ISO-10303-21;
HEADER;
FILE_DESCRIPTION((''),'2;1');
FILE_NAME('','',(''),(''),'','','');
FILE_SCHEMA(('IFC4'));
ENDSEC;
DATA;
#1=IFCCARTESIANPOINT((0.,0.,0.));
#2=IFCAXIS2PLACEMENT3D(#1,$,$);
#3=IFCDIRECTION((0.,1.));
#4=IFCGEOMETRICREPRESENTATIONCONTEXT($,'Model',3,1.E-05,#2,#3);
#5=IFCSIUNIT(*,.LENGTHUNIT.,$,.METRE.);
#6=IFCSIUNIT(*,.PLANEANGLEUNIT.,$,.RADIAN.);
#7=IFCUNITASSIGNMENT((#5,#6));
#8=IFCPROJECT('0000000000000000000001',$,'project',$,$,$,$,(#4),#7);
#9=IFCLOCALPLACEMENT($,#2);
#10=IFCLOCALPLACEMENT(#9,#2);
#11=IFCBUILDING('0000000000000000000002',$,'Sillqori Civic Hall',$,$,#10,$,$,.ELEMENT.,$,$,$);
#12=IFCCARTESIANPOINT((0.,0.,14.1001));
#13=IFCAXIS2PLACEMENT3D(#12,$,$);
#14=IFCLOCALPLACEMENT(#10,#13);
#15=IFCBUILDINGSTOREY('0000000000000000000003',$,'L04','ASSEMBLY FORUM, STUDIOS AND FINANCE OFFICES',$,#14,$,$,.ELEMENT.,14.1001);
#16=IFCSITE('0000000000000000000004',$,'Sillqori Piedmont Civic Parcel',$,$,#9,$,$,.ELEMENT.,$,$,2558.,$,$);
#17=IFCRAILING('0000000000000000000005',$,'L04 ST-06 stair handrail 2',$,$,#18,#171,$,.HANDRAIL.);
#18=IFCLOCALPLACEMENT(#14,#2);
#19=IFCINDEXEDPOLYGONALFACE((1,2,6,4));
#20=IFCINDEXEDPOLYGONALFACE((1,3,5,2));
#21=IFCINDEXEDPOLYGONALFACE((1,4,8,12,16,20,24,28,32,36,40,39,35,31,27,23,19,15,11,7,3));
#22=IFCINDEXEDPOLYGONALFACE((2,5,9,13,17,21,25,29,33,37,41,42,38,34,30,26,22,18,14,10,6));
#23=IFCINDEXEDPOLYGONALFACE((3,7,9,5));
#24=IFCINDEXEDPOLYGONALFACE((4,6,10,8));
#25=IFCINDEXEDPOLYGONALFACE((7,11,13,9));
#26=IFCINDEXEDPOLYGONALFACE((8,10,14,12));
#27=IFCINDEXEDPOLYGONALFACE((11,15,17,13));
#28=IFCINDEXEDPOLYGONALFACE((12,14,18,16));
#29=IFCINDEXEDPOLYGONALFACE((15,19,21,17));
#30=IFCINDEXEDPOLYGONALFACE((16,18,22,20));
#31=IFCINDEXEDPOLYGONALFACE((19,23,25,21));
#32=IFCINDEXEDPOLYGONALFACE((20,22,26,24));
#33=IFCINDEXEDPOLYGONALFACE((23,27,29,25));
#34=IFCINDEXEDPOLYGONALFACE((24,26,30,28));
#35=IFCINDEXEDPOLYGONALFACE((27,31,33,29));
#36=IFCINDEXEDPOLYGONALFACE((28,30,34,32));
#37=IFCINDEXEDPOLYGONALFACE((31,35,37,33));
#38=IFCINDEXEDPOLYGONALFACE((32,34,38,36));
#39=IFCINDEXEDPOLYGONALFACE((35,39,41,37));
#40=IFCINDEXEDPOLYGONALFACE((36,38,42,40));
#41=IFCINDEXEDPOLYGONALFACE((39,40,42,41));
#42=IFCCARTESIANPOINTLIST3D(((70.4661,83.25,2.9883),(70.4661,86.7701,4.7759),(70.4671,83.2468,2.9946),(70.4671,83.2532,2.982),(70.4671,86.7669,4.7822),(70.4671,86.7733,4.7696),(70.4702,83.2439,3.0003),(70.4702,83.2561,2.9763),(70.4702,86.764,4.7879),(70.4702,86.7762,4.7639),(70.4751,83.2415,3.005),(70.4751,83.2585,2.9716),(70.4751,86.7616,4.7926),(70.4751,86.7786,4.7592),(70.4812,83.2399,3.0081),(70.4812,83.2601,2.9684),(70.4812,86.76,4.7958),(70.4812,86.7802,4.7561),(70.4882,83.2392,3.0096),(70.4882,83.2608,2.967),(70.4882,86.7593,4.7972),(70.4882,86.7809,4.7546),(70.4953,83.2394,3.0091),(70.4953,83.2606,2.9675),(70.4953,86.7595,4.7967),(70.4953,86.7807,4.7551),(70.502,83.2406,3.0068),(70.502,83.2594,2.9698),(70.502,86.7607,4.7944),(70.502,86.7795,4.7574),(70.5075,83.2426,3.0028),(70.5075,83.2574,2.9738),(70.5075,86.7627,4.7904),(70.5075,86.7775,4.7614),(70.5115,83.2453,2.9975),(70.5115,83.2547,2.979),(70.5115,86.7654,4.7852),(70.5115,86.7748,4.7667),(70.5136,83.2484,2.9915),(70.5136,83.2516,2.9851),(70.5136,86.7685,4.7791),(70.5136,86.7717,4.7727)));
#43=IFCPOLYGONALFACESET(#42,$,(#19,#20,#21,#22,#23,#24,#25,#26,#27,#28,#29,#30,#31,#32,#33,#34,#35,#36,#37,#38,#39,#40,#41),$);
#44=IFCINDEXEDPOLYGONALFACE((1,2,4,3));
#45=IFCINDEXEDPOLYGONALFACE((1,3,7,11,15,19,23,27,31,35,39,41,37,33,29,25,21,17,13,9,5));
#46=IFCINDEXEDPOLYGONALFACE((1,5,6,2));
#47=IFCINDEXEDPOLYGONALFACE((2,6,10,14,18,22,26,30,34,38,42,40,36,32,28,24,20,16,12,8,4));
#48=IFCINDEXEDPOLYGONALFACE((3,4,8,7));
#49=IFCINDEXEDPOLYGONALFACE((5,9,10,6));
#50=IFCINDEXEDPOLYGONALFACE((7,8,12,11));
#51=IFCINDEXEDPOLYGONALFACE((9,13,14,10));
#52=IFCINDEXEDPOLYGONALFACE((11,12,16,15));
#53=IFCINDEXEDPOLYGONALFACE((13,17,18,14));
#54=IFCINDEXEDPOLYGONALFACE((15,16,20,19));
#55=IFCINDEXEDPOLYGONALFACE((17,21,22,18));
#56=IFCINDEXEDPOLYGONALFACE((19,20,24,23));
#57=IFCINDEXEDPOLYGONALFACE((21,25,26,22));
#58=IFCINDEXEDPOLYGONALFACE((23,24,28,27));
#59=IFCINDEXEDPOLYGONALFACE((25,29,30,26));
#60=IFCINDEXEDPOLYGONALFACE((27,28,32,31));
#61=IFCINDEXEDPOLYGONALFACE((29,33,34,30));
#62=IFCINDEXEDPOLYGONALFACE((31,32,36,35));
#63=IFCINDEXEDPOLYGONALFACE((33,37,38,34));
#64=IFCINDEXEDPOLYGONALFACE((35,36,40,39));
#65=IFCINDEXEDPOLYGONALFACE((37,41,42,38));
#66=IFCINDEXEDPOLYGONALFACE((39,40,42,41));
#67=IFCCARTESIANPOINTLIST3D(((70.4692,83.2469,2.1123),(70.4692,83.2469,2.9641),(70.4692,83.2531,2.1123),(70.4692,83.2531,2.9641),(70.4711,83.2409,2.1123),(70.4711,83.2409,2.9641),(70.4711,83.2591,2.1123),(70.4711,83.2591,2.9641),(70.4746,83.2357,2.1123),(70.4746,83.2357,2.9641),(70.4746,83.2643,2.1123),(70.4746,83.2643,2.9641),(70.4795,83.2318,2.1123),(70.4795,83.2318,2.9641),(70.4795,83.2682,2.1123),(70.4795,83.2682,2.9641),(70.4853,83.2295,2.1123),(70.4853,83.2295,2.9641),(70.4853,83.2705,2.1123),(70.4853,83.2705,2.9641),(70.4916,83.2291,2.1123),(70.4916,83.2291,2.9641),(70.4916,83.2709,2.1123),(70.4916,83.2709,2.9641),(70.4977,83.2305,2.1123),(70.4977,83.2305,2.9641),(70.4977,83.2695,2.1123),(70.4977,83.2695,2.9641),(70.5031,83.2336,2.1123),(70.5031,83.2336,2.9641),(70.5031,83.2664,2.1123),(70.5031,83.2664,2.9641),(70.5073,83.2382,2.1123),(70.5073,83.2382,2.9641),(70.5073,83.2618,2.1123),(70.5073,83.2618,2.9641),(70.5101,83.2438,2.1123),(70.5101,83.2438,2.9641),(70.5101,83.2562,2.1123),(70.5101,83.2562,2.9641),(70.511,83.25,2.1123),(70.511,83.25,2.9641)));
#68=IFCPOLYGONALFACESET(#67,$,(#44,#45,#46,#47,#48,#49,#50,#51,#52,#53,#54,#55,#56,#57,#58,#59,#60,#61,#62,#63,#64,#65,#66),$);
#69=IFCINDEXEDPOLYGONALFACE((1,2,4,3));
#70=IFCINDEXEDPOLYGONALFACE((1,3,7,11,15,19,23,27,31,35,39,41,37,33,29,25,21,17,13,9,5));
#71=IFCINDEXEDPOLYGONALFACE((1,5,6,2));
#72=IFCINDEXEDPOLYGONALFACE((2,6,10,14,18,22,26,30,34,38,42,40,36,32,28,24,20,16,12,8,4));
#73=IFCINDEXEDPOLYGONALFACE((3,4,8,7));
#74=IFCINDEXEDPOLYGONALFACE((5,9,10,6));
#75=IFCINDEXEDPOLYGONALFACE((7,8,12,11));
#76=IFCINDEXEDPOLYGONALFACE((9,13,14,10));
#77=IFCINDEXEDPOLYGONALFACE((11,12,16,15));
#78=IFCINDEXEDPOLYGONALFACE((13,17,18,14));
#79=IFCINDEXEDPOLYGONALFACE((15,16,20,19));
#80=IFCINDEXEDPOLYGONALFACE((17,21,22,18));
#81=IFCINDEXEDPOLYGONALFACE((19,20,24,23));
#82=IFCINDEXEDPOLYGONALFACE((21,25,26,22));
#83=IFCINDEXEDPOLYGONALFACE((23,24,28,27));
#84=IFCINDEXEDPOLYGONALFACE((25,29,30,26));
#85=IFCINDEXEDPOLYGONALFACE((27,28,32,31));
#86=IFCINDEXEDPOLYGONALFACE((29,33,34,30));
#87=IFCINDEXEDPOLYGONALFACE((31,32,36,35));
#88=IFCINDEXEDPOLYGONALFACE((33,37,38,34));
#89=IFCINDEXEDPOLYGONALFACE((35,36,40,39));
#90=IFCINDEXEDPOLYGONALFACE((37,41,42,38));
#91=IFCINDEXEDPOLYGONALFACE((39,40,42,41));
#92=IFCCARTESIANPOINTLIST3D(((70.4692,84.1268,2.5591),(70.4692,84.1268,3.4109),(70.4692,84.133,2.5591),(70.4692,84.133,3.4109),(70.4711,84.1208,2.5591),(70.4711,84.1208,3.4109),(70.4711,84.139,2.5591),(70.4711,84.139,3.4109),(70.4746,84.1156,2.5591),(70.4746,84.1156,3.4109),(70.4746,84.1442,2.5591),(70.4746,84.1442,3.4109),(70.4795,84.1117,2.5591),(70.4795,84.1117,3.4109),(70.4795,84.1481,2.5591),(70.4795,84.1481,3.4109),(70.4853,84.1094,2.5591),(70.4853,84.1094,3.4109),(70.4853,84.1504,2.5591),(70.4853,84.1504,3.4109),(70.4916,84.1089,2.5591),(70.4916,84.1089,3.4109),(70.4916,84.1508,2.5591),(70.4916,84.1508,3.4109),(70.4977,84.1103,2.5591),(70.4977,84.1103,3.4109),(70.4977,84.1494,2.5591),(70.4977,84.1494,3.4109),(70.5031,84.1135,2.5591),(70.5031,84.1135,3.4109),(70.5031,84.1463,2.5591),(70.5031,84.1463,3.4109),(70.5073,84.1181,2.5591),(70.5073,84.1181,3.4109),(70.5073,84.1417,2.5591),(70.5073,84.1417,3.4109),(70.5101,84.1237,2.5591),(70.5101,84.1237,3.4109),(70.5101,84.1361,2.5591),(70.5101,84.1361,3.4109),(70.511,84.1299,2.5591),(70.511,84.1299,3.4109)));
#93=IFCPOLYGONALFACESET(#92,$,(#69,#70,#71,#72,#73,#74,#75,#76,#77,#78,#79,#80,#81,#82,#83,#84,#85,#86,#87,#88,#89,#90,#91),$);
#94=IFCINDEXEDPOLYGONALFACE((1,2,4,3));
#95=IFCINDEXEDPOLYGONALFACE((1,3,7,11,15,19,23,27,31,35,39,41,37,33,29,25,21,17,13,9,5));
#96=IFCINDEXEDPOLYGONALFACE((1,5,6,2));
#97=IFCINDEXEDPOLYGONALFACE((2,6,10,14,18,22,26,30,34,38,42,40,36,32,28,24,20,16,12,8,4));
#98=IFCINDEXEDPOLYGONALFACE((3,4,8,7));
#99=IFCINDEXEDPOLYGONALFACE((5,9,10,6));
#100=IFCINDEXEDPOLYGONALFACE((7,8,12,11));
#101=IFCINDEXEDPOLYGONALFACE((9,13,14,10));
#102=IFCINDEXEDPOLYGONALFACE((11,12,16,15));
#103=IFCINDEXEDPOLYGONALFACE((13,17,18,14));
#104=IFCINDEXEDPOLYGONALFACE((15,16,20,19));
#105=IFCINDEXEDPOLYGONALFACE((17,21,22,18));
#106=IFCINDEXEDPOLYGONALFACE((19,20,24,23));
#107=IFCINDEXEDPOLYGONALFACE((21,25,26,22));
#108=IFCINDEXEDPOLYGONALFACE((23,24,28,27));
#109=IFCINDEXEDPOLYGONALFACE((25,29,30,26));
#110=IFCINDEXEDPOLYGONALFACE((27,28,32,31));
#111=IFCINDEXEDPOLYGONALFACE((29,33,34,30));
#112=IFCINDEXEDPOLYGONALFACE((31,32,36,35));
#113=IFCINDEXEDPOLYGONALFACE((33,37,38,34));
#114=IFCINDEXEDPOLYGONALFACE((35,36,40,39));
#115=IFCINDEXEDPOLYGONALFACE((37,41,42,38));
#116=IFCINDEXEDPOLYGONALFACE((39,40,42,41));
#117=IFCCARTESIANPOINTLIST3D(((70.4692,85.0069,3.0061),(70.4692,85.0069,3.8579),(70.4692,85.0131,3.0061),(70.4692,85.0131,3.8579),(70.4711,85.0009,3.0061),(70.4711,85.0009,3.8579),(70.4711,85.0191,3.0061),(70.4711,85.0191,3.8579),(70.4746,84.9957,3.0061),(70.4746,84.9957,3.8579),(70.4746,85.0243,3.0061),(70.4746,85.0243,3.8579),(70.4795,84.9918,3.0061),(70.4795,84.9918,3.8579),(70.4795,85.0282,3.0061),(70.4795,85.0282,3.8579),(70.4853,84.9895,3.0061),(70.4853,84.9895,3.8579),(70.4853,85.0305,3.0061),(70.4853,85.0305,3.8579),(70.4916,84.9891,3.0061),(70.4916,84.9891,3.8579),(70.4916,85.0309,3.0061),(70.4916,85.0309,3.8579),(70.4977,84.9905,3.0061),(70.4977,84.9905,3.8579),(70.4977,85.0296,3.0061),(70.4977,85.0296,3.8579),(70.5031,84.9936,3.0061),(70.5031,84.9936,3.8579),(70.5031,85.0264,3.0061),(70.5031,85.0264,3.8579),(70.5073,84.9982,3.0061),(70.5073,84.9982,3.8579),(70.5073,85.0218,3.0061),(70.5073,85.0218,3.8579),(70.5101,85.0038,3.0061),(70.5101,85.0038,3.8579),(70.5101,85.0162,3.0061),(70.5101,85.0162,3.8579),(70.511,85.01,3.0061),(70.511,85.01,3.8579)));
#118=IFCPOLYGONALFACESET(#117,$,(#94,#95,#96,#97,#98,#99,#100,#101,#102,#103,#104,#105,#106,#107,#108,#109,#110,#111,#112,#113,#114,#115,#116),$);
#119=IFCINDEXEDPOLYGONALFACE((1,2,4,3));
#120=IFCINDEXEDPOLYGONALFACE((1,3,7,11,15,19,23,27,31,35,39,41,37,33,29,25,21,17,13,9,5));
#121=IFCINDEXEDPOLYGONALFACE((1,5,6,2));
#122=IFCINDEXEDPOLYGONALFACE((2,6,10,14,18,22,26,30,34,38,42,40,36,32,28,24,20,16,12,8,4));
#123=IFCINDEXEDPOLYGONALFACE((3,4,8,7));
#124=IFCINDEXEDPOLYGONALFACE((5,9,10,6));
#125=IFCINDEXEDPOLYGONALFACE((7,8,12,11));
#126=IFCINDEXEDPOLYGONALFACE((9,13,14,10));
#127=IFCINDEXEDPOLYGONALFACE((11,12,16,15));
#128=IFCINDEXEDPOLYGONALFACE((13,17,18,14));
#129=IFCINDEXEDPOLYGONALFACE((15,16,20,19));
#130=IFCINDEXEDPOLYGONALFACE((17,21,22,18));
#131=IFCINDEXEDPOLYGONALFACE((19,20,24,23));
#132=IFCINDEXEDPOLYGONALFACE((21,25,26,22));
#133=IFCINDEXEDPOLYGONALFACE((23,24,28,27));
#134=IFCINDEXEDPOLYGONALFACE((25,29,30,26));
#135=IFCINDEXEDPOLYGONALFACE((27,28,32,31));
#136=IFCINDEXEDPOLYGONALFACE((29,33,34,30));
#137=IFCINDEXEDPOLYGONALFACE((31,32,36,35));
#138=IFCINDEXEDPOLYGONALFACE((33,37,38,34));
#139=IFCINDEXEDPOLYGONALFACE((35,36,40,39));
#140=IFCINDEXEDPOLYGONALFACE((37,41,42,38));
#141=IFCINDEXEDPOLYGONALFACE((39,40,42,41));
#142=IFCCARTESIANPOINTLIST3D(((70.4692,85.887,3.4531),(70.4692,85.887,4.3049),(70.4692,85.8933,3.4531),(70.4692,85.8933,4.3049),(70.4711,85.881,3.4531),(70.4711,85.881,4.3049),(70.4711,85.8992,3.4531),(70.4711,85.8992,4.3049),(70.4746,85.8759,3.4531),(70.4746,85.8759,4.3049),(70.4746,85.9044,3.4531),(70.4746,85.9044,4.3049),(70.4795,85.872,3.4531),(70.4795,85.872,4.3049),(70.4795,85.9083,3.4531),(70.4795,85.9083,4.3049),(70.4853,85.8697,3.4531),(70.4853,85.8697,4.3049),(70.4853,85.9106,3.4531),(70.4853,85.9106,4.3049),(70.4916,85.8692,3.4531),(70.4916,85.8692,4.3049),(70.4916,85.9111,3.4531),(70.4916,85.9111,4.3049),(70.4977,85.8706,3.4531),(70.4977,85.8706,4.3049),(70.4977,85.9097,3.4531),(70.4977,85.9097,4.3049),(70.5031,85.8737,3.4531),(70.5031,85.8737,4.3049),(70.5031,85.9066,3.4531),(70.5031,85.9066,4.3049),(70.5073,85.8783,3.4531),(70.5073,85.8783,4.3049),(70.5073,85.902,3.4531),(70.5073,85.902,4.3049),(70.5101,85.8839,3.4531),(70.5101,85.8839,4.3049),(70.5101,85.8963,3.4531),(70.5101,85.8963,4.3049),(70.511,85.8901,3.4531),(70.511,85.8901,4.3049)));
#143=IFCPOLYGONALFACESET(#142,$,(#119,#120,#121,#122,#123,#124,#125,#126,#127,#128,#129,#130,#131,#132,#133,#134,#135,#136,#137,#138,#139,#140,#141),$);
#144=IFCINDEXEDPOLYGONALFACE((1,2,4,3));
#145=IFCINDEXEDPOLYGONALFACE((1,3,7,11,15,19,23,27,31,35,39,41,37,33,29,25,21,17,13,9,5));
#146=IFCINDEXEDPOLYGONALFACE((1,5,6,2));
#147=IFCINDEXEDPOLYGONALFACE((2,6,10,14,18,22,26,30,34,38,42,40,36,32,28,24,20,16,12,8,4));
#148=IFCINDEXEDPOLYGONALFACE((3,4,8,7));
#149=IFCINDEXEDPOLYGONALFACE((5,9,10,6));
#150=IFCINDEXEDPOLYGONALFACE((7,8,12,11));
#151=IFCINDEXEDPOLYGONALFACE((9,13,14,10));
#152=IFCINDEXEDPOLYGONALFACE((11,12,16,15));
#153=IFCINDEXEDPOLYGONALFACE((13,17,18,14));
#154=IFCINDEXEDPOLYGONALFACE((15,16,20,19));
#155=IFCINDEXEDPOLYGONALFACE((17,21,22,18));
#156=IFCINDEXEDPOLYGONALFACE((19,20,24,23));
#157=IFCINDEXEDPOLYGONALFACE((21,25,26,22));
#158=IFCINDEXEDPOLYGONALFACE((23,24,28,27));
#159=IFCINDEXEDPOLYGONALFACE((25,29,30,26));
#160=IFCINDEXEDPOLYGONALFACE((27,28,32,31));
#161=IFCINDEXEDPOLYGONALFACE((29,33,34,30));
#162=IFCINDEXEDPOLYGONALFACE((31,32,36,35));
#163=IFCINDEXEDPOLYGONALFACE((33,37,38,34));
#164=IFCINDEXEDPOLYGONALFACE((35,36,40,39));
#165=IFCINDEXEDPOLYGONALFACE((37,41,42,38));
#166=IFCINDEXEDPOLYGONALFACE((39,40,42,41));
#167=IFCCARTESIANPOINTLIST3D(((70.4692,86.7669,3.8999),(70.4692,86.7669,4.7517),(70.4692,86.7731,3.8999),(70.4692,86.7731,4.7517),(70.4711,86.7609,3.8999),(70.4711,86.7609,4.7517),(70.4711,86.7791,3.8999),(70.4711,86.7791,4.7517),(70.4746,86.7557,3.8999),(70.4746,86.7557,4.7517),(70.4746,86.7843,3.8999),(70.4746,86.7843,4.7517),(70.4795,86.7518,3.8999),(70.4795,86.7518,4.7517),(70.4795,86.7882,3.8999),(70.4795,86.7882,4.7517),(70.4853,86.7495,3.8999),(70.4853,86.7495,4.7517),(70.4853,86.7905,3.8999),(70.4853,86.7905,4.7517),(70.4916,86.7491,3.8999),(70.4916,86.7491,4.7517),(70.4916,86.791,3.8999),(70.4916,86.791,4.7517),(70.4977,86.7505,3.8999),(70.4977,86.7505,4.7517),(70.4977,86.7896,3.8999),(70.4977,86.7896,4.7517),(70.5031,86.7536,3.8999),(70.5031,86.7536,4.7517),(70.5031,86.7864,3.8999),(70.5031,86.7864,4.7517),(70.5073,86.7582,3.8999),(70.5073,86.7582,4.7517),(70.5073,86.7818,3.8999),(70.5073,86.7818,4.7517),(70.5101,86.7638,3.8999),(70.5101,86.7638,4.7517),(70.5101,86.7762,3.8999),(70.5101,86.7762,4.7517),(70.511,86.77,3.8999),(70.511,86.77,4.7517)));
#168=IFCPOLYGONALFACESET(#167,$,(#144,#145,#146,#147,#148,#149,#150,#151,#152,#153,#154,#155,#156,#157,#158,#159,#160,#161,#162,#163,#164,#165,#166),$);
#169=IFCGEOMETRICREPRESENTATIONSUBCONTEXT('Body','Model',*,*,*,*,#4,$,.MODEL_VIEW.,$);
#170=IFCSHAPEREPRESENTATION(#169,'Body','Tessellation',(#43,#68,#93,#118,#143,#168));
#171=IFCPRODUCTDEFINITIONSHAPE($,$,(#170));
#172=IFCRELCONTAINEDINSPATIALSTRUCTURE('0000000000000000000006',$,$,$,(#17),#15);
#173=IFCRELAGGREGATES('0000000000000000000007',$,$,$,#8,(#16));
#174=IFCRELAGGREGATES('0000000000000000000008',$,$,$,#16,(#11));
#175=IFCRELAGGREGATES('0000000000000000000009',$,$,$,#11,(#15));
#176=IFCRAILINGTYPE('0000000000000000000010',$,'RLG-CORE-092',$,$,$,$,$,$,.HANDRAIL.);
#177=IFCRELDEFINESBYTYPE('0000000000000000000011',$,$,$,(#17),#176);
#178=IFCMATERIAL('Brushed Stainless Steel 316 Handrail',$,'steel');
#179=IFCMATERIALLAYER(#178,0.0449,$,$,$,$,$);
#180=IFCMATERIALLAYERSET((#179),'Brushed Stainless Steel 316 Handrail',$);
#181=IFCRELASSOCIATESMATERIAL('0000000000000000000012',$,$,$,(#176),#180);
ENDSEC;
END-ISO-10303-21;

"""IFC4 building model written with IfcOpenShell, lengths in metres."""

from ifc_helpers import new_model, si_unit, direction, frame, origin, origin_2d, place, context, subcontext, project, spatial, circle, extrude, material, layer, layer_set, type_object, element, save


model = new_model("IFC4")

# Units and contexts
model_context = context("Model", 3, precision=1e-05, world=origin(), true_north=direction((0.0, 1.0)))
body_context = subcontext(model_context, "Body", "Model", "MODEL_VIEW")
ifc_project = project(units=[si_unit("LENGTHUNIT", "METRE"), si_unit("PLANEANGLEUNIT", "RADIAN")], contexts=[model_context])

# Site, building, storey
site_placement = place(None, origin())
site = spatial("IfcSite", under=ifc_project, at=site_placement, Name="Sillqori Piedmont Civic Parcel", CompositionType="ELEMENT", RefElevation=2558.0)
building_placement = place(site_placement, origin())
building = spatial("IfcBuilding", under=site, at=building_placement, Name="Sillqori Civic Hall", CompositionType="ELEMENT")
storey_placement = place(building_placement, frame((0.0, 0.0, 14.1001)))
storey = spatial("IfcBuildingStorey", under=building, at=storey_placement, Name="L04", Description="ASSEMBLY FORUM, STUDIOS AND FINANCE OFFICES", CompositionType="ELEMENT", Elevation=14.1001)

# Railing
ifc_material_1 = material(Name="Brushed Stainless Steel 316 Handrail", Category="steel")
ifc_layer_1 = layer(ifc_material_1, 0.0449)
ifc_layer_set_1 = layer_set([ifc_layer_1], Name="Brushed Stainless Steel 316 Handrail")
railing_type_1 = type_object("IfcRailingType", Name="RLG-CORE-092", PredefinedType="HANDRAIL", material=ifc_layer_set_1)
railing_1_placement = place(storey_placement, frame((70.49, 83.25, 2.1123)))
element("IfcRailing", 1, at=railing_1_placement, inside=storey, type_object=railing_type_1, Name="L04 ST-06 stair handrail 2", PredefinedType="HANDRAIL", context=body_context, shape_type="SweptSolid", body=[
    extrude(circle(Radius=0.0239, at=origin_2d()), frame((0.0, 0.0, 0.876), z_axis=(0.0, 0.891615, 0.452795), x_axis=(-1.0, 0.0, 0.0)), (0.0, 0.0, 1.0), 3.948),
    extrude(circle(Radius=0.021, at=origin_2d()), origin(), (0.0, 0.0, 1.0), 0.8518),
    extrude(circle(Radius=0.021, at=origin_2d()), frame((0.0, 0.8799, 0.4468)), (0.0, 0.0, 1.0), 0.8518),
    extrude(circle(Radius=0.021, at=origin_2d()), frame((0.0, 1.76, 0.8938)), (0.0, 0.0, 1.0), 0.8518),
    extrude(circle(Radius=0.021, at=origin_2d()), frame((0.0, 2.6401, 1.3408)), (0.0, 0.0, 1.0), 0.8518),
    extrude(circle(Radius=0.021, at=origin_2d()), frame((0.0, 3.52, 1.7876)), (0.0, 0.0, 1.0), 0.8518),
])

save(model, "model.ifc")
